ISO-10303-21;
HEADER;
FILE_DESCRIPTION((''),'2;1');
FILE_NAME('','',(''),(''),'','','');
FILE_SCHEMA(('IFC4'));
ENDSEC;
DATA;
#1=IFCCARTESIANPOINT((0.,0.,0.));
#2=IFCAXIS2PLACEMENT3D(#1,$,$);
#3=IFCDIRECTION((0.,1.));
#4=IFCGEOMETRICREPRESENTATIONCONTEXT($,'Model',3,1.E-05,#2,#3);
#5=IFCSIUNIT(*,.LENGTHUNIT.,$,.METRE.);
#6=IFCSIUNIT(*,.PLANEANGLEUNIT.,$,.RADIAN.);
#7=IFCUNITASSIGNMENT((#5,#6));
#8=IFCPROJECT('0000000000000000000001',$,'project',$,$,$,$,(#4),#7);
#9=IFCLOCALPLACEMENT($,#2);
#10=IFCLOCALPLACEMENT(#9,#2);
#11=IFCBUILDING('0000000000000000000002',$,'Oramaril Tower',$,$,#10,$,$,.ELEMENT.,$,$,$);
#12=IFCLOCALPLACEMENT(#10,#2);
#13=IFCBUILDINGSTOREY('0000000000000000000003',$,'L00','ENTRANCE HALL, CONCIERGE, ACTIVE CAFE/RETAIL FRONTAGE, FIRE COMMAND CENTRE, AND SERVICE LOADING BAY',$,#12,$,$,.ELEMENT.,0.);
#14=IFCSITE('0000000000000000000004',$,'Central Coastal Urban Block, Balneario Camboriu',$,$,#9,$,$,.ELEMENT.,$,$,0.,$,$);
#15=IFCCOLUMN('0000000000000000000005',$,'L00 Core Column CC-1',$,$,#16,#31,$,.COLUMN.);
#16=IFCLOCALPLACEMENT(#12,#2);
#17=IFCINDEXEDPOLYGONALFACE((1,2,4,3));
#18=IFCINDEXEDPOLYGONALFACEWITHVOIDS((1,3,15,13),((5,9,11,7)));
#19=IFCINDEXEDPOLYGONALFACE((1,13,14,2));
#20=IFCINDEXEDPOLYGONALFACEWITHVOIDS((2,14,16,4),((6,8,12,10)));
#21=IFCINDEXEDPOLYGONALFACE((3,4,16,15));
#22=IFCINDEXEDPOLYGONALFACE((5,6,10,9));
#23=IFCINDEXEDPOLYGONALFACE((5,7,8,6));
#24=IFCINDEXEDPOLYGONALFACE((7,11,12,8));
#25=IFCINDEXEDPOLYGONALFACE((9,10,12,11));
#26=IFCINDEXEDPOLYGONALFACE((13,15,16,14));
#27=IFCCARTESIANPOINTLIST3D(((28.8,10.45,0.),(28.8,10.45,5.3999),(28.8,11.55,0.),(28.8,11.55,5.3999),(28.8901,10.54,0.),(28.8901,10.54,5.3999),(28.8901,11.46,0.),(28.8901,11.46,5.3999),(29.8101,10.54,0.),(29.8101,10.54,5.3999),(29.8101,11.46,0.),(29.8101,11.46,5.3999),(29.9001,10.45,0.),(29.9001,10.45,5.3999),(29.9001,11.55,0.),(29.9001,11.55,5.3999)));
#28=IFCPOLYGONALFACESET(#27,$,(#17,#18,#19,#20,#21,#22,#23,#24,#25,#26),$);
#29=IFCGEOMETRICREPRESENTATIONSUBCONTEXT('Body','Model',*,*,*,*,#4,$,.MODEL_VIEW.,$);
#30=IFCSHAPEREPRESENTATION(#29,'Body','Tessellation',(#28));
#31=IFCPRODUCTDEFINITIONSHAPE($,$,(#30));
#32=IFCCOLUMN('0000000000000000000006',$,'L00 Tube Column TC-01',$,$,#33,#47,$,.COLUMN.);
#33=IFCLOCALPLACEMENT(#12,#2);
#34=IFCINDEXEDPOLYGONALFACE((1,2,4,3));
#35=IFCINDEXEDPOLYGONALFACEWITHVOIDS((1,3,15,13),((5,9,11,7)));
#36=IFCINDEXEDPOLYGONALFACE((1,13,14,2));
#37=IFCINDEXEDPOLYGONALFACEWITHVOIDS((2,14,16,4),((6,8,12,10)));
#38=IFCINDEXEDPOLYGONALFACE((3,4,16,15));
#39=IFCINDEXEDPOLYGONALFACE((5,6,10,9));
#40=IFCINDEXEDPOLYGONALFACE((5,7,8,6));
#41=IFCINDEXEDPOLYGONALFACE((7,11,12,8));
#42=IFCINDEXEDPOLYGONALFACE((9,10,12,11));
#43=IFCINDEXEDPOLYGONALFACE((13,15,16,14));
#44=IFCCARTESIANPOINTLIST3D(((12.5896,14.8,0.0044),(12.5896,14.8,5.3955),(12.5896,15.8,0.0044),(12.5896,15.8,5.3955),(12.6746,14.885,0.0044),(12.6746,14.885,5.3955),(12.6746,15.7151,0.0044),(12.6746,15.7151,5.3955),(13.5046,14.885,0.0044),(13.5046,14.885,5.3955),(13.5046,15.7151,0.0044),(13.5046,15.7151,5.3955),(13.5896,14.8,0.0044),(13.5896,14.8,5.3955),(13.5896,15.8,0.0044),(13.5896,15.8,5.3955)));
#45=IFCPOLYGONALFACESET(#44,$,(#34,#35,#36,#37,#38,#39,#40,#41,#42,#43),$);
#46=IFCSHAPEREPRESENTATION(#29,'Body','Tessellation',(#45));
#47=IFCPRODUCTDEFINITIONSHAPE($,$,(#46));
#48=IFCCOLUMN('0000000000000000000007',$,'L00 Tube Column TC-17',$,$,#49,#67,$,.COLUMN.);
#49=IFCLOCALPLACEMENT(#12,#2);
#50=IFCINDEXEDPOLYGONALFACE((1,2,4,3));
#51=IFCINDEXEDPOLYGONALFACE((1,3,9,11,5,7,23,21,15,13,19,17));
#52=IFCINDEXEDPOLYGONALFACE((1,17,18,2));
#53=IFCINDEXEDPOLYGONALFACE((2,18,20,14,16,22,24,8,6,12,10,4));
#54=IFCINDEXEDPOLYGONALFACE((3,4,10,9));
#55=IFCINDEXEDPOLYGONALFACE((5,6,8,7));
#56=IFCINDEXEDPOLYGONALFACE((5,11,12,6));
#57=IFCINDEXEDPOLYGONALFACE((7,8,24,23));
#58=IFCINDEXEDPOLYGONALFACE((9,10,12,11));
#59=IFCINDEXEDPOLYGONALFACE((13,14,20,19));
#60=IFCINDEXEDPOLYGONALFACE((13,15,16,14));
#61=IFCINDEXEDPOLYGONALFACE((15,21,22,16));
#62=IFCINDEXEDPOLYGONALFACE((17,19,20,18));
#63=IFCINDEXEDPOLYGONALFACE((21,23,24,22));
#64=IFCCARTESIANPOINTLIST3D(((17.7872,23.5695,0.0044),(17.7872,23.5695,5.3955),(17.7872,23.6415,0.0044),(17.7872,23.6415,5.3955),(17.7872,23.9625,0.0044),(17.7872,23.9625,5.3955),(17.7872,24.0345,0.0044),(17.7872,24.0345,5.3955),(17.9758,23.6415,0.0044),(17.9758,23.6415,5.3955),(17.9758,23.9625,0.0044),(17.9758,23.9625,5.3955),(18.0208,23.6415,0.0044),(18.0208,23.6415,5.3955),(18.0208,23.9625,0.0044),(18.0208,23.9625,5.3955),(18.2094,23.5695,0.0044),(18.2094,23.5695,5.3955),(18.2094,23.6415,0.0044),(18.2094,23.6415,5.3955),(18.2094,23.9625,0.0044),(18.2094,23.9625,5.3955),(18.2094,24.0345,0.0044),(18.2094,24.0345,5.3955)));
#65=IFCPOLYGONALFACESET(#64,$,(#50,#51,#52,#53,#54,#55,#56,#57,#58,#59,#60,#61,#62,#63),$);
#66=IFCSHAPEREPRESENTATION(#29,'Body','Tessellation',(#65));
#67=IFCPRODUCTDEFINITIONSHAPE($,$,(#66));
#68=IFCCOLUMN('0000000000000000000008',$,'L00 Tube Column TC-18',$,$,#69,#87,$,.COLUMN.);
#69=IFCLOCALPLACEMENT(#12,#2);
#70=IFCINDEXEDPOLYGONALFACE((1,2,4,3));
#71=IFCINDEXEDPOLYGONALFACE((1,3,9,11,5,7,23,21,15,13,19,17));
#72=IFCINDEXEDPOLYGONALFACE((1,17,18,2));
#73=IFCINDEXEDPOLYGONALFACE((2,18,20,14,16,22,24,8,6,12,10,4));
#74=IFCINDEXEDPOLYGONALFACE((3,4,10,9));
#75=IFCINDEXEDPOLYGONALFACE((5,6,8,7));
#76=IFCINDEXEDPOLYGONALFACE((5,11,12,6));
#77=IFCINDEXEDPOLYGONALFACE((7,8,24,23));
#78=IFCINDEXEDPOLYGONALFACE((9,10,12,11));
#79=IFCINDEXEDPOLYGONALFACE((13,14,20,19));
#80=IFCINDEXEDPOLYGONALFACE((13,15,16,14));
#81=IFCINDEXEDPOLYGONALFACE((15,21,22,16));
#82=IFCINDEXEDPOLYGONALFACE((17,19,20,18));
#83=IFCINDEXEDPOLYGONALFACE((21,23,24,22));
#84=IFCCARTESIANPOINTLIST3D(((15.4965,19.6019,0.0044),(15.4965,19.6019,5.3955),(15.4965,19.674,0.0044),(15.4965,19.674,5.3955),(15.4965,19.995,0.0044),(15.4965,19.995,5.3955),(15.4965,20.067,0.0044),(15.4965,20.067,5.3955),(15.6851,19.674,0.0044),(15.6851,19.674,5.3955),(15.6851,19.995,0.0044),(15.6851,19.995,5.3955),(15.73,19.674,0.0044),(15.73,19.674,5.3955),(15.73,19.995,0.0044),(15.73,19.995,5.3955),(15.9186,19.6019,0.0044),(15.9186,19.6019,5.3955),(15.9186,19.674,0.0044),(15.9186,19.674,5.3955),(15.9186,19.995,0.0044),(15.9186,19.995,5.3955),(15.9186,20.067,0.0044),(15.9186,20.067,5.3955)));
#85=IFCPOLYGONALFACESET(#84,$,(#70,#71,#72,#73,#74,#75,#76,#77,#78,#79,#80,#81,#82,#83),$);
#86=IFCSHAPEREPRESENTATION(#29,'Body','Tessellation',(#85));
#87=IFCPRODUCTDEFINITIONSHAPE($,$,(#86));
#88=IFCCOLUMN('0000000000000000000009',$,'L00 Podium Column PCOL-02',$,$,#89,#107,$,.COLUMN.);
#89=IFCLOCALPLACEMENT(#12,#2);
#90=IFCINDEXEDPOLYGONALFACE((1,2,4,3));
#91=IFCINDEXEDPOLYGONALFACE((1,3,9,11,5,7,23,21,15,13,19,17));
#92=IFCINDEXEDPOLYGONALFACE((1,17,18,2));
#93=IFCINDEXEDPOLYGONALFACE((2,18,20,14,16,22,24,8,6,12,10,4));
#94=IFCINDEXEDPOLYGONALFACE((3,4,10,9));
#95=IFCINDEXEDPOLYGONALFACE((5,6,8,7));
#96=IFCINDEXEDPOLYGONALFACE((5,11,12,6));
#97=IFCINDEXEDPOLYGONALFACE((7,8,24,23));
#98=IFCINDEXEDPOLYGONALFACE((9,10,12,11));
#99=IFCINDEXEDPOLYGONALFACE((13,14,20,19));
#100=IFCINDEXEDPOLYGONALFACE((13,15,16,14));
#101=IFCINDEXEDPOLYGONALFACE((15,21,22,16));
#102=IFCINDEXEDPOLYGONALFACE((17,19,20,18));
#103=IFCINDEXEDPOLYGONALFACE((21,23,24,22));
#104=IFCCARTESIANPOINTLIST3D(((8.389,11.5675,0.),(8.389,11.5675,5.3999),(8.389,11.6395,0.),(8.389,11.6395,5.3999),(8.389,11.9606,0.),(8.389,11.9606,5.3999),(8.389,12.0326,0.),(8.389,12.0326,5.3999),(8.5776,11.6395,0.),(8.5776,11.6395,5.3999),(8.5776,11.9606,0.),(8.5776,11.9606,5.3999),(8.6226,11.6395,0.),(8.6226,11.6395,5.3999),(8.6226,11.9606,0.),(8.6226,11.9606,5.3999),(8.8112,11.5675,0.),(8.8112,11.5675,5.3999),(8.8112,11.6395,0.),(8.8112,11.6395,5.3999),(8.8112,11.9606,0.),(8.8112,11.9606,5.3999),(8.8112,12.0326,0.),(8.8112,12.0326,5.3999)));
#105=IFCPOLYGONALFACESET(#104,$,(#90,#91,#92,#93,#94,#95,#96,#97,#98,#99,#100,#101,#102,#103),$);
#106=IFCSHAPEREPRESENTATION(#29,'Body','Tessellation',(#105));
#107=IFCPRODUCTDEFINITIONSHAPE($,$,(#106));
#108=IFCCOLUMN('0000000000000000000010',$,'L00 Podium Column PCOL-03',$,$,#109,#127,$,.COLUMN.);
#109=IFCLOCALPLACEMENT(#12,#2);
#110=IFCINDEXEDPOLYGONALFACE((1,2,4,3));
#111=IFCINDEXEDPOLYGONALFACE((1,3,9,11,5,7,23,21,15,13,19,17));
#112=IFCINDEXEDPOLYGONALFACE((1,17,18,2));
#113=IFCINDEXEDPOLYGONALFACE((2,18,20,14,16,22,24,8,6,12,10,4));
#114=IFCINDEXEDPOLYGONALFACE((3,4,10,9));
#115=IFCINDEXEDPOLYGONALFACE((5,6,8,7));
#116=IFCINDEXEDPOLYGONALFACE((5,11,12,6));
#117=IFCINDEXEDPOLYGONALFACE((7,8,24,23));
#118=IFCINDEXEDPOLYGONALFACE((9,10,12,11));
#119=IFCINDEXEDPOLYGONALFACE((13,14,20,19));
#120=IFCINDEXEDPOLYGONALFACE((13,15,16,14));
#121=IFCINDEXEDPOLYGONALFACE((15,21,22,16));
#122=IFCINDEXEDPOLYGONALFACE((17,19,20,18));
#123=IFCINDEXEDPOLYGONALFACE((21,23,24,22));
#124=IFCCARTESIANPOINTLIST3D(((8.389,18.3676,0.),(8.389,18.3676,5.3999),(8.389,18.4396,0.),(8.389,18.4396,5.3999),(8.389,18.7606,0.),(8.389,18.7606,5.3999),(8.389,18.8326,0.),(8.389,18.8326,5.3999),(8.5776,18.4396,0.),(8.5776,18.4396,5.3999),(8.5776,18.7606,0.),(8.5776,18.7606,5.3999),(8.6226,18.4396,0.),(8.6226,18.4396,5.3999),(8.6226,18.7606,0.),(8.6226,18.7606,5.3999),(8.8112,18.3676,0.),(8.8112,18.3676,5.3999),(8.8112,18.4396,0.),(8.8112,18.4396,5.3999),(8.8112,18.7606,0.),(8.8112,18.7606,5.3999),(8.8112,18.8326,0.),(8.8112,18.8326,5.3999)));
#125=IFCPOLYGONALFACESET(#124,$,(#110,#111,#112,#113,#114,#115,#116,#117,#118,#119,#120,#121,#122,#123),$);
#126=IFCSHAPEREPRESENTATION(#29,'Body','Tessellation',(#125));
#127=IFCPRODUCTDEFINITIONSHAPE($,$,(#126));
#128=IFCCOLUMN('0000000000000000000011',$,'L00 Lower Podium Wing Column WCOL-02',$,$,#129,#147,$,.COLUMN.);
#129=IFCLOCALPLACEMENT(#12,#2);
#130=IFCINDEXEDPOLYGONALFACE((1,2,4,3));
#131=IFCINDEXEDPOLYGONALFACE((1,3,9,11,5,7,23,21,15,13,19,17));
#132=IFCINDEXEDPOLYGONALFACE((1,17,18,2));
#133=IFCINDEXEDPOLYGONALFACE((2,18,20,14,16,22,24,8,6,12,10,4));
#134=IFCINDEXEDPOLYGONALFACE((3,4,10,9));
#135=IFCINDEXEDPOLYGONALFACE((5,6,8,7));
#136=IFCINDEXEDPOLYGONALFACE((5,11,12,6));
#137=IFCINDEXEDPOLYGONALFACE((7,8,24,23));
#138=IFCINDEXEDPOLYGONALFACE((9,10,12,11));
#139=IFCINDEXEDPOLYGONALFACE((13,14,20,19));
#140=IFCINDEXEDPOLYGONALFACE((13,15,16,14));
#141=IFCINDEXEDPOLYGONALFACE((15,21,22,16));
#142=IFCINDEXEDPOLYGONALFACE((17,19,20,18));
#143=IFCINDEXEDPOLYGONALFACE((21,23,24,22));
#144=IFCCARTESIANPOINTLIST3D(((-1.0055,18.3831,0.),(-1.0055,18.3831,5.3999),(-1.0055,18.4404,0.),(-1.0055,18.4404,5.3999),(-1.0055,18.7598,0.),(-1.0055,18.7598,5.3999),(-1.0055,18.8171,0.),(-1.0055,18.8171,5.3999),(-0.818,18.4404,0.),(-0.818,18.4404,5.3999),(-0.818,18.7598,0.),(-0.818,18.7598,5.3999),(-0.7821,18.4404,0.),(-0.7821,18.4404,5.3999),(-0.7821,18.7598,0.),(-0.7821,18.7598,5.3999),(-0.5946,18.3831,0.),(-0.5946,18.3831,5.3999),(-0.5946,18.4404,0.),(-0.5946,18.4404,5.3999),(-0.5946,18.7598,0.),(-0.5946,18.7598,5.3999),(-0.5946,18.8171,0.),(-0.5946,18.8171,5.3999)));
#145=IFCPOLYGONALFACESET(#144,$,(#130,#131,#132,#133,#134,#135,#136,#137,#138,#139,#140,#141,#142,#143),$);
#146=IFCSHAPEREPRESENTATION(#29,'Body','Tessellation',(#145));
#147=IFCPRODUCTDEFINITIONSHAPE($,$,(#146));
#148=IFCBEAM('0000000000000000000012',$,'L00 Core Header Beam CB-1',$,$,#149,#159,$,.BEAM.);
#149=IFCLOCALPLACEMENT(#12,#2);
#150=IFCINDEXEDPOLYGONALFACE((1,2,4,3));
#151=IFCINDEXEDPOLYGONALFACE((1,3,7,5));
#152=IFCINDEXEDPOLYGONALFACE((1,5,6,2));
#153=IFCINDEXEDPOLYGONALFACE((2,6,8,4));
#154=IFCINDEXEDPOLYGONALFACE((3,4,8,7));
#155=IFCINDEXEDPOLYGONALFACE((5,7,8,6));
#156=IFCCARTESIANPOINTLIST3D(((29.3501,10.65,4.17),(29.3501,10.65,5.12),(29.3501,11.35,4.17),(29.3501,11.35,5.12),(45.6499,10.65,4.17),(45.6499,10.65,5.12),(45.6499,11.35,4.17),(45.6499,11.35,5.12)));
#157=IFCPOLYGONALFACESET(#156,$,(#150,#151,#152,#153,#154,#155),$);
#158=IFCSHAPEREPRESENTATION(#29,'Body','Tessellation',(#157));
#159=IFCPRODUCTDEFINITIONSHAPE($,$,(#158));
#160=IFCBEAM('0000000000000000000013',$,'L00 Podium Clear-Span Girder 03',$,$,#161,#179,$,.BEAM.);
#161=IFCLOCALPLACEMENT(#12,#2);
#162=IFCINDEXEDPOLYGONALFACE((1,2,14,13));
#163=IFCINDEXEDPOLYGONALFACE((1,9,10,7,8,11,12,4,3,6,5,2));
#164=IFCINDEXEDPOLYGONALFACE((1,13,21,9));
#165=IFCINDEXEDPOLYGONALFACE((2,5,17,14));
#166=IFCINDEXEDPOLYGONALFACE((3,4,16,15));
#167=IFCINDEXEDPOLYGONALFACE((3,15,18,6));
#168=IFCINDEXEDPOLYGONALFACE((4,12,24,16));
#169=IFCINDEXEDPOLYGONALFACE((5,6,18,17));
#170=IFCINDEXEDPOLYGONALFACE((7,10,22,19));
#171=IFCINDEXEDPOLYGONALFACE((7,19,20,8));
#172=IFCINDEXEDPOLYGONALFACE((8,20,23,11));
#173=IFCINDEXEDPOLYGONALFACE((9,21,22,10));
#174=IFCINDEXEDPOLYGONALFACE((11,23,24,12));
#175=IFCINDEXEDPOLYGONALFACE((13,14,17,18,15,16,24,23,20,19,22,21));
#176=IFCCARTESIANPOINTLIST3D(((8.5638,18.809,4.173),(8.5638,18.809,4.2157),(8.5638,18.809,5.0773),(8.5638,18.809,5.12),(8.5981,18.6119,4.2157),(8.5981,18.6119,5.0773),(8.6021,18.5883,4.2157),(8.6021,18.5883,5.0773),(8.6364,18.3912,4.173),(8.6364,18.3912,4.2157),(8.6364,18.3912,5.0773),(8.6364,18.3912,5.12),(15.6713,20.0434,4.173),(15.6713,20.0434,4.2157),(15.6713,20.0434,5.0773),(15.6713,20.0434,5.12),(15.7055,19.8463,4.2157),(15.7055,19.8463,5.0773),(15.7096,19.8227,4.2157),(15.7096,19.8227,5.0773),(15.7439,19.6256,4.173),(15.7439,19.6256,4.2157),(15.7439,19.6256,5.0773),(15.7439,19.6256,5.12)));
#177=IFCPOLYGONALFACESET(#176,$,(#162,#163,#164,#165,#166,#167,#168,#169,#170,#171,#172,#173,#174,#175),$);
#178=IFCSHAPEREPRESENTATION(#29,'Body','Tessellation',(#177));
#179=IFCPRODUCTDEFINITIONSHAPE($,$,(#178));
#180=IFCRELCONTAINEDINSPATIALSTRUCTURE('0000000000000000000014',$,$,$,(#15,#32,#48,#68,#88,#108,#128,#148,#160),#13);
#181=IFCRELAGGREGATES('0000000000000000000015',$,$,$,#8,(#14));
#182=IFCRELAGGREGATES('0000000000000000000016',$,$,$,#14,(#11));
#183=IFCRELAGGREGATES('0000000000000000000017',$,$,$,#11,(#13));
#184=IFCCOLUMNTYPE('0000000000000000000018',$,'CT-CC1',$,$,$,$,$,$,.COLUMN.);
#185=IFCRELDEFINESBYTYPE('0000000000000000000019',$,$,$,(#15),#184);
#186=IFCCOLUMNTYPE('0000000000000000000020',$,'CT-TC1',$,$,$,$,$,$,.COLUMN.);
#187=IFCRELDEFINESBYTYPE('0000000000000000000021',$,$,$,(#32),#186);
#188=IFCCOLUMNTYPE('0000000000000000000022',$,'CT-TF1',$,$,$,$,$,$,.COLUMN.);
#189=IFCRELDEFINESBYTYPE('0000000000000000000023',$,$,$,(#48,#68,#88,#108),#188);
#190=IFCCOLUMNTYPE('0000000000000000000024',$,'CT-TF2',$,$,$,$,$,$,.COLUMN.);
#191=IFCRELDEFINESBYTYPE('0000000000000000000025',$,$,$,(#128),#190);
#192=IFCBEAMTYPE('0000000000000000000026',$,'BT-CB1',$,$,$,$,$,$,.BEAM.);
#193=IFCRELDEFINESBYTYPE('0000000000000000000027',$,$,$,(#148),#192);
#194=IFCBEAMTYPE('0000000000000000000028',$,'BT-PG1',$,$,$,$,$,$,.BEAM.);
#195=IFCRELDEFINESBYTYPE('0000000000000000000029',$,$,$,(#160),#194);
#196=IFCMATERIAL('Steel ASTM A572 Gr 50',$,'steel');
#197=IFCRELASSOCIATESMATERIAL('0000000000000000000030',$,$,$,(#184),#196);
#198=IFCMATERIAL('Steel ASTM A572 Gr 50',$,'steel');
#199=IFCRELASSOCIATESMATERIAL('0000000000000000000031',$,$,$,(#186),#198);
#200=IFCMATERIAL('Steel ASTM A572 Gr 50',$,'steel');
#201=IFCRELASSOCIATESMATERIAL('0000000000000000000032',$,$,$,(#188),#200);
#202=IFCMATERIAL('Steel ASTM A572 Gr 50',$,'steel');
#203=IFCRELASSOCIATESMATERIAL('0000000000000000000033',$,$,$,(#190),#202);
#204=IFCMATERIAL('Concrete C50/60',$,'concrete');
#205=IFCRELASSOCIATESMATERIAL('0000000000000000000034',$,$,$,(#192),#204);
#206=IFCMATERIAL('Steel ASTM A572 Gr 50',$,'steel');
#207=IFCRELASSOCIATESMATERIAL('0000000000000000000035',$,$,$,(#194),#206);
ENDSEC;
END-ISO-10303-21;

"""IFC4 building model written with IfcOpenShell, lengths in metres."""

from ifc_helpers import new_model, si_unit, direction, frame, origin, origin_2d, place, context, subcontext, project, spatial, rectangle, hollow_rectangle, i_section, extrude, material, material_profile, profile_set, type_object, element, save


model = new_model("IFC4")

# Units and contexts
model_context = context("Model", 3, precision=1e-05, world=origin(), true_north=direction((0.0, 1.0)))
body_context = subcontext(model_context, "Body", "Model", "MODEL_VIEW")
ifc_project = project(units=[si_unit("LENGTHUNIT", "METRE"), si_unit("PLANEANGLEUNIT", "RADIAN")], contexts=[model_context])

# Site, building, storey
site_placement = place(None, origin())
site = spatial("IfcSite", under=ifc_project, at=site_placement, Name="Central Coastal Urban Block, Balneario Camboriu", CompositionType="ELEMENT", RefElevation=0.0)
building_placement = place(site_placement, origin())
building = spatial("IfcBuilding", under=site, at=building_placement, Name="Oramaril Tower", CompositionType="ELEMENT")
storey_placement = place(building_placement, origin())
storey = spatial("IfcBuildingStorey", under=building, at=storey_placement, Name="L00", Description="ENTRANCE HALL, CONCIERGE, ACTIVE CAFE/RETAIL FRONTAGE, FIRE COMMAND CENTRE, AND SERVICE LOADING BAY", CompositionType="ELEMENT", Elevation=0.0)

# Columns
ifc_material_1 = material(Name="Steel ASTM A572 Gr 50", Category="steel")
ifc_material_profile_1 = material_profile(ifc_material_1, hollow_rectangle(XDim=1.1001, YDim=1.1001, WallThickness=0.0901, at=origin_2d()), Name="BOX1100X1100X90")
ifc_profile_set_1 = profile_set([ifc_material_profile_1], Name="Steel ASTM A572 Gr 50")
column_type_1 = type_object("IfcColumnType", Name="CT-CC1", PredefinedType="COLUMN", material=ifc_profile_set_1)
column_1_placement = place(storey_placement, frame((29.3501, 11.0, 0.0), z_axis=(0.0, 0.0, 1.0), x_axis=(1.0, 0.0, 0.0)))
element("IfcColumn", 1, at=column_1_placement, inside=storey, type_object=column_type_1, Name="L00 Core Column CC-1", PredefinedType="COLUMN", context=body_context, shape_type="SweptSolid", body=[
    extrude(hollow_rectangle(XDim=1.1001, YDim=1.1001, WallThickness=0.0901, at=origin_2d()), origin(), (0.0, 0.0, 1.0), 5.3999),
])
ifc_material_2 = material(Name="Steel ASTM A572 Gr 50", Category="steel")
ifc_material_profile_2 = material_profile(ifc_material_2, hollow_rectangle(XDim=1.0, YDim=1.0, WallThickness=0.085, at=origin_2d()), Name="BOX1000X1000X85")
ifc_profile_set_2 = profile_set([ifc_material_profile_2], Name="Steel ASTM A572 Gr 50")
column_type_2 = type_object("IfcColumnType", Name="CT-TC1", PredefinedType="COLUMN", material=ifc_profile_set_2)
column_2_placement = place(storey_placement, frame((13.0896, 15.3, 0.0044), z_axis=(0.0, 0.0, 1.0), x_axis=(1.0, 0.0, 0.0)))
element("IfcColumn", 2, at=column_2_placement, inside=storey, type_object=column_type_2, Name="L00 Tube Column TC-01", PredefinedType="COLUMN", context=body_context, shape_type="SweptSolid", body=[
    extrude(hollow_rectangle(XDim=1.0, YDim=1.0, WallThickness=0.085, at=origin_2d()), origin(), (0.0, 0.0, 1.0), 5.3911),
])
ifc_material_3 = material(Name="Steel ASTM A572 Gr 50", Category="steel")
ifc_material_profile_3 = material_profile(ifc_material_3, i_section(OverallWidth=0.4221, OverallDepth=0.4651, WebThickness=0.0449, FlangeThickness=0.072, at=origin_2d()), Name="W14X398")
ifc_profile_set_3 = profile_set([ifc_material_profile_3], Name="Steel ASTM A572 Gr 50")
column_type_3 = type_object("IfcColumnType", Name="CT-TF1", PredefinedType="COLUMN", material=ifc_profile_set_3)
for number, where, z_axis, x_axis, name in (
    (3, (17.9983, 23.802, 0.0044), (0.0, 0.0, 1.0), (1.0, 0.0, 0.0), "L00 Tube Column TC-17"),
    (4, (15.7075, 19.8345, 0.0044), (0.0, 0.0, 1.0), (1.0, 0.0, 0.0), "L00 Tube Column TC-18"),
):
    element("IfcColumn", number, at=place(storey_placement, frame(where, z_axis=z_axis, x_axis=x_axis)), inside=storey, type_object=column_type_3, Name=name, PredefinedType="COLUMN", context=body_context, shape_type="SweptSolid", body=[
        extrude(i_section(OverallWidth=0.4221, OverallDepth=0.4651, WebThickness=0.0449, FlangeThickness=0.072, at=origin_2d()), origin(), (0.0, 0.0, 1.0), 5.3911),
    ])
for number, where, z_axis, x_axis, name in (
    (5, (8.6001, 11.8, 0.0), (0.0, 0.0, 1.0), (1.0, 0.0, 0.0), "L00 Podium Column PCOL-02"),
    (6, (8.6001, 18.6001, 0.0), (0.0, 0.0, 1.0), (1.0, 0.0, 0.0), "L00 Podium Column PCOL-03"),
):
    element("IfcColumn", number, at=place(storey_placement, frame(where, z_axis=z_axis, x_axis=x_axis)), inside=storey, type_object=column_type_3, Name=name, PredefinedType="COLUMN", context=body_context, shape_type="SweptSolid", body=[
        extrude(i_section(OverallWidth=0.4221, OverallDepth=0.4651, WebThickness=0.0449, FlangeThickness=0.072, at=origin_2d()), origin(), (0.0, 0.0, 1.0), 5.3999),
    ])
ifc_material_4 = material(Name="Steel ASTM A572 Gr 50", Category="steel")
ifc_material_profile_4 = material_profile(ifc_material_4, i_section(OverallWidth=0.4109, OverallDepth=0.4341, WebThickness=0.0359, FlangeThickness=0.0574, at=origin_2d()), Name="W14X311")
ifc_profile_set_4 = profile_set([ifc_material_profile_4], Name="Steel ASTM A572 Gr 50")
column_type_4 = type_object("IfcColumnType", Name="CT-TF2", PredefinedType="COLUMN", material=ifc_profile_set_4)
column_3_placement = place(storey_placement, frame((-0.8, 18.6001, 0.0), z_axis=(0.0, 0.0, 1.0), x_axis=(1.0, 0.0, 0.0)))
element("IfcColumn", 7, at=column_3_placement, inside=storey, type_object=column_type_4, Name="L00 Lower Podium Wing Column WCOL-02", PredefinedType="COLUMN", context=body_context, shape_type="SweptSolid", body=[
    extrude(i_section(OverallWidth=0.4109, OverallDepth=0.4341, WebThickness=0.0359, FlangeThickness=0.0574, at=origin_2d()), origin(), (0.0, 0.0, 1.0), 5.3999),
])

# Beams
ifc_material_5 = material(Name="Concrete C50/60", Category="concrete")
ifc_material_profile_5 = material_profile(ifc_material_5, rectangle(XDim=0.7, YDim=0.95, at=origin_2d()), Name="CB700X950")
ifc_profile_set_5 = profile_set([ifc_material_profile_5], Name="Concrete C50/60")
beam_type_1 = type_object("IfcBeamType", Name="BT-CB1", PredefinedType="BEAM", material=ifc_profile_set_5)
beam_1_placement = place(storey_placement, frame((29.3501, 11.0, 4.645), z_axis=(1.0, 0.0, 0.0), x_axis=(0.0, 1.0, 0.0)))
element("IfcBeam", 8, at=beam_1_placement, inside=storey, type_object=beam_type_1, Name="L00 Core Header Beam CB-1", PredefinedType="BEAM", context=body_context, shape_type="SweptSolid", body=[
    extrude(rectangle(XDim=0.7, YDim=0.95, at=origin_2d()), origin(), (0.0, 0.0, 1.0), 16.2998),
])
ifc_material_6 = material(Name="Steel ASTM A572 Gr 50", Category="steel")
ifc_material_profile_6 = material_profile(ifc_material_6, i_section(OverallWidth=0.4241, OverallDepth=0.947, WebThickness=0.0239, FlangeThickness=0.0427, at=origin_2d()), Name="W36X302")
ifc_profile_set_6 = profile_set([ifc_material_profile_6], Name="Steel ASTM A572 Gr 50")
beam_type_2 = type_object("IfcBeamType", Name="BT-PG1", PredefinedType="BEAM", material=ifc_profile_set_6)
beam_2_placement = place(storey_placement, frame((8.6001, 18.6001, 4.6465), z_axis=(0.985251, 0.171113, 0.0), x_axis=(-0.171113, 0.985251, 0.0)))
element("IfcBeam", 9, at=beam_2_placement, inside=storey, type_object=beam_type_2, Name="L00 Podium Clear-Span Girder 03", PredefinedType="BEAM", context=body_context, shape_type="SweptSolid", body=[
    extrude(i_section(OverallWidth=0.4241, OverallDepth=0.947, WebThickness=0.0239, FlangeThickness=0.0427, at=origin_2d()), origin(), (0.0, 0.0, 1.0), 7.2139),
])

save(model, "model.ifc")
